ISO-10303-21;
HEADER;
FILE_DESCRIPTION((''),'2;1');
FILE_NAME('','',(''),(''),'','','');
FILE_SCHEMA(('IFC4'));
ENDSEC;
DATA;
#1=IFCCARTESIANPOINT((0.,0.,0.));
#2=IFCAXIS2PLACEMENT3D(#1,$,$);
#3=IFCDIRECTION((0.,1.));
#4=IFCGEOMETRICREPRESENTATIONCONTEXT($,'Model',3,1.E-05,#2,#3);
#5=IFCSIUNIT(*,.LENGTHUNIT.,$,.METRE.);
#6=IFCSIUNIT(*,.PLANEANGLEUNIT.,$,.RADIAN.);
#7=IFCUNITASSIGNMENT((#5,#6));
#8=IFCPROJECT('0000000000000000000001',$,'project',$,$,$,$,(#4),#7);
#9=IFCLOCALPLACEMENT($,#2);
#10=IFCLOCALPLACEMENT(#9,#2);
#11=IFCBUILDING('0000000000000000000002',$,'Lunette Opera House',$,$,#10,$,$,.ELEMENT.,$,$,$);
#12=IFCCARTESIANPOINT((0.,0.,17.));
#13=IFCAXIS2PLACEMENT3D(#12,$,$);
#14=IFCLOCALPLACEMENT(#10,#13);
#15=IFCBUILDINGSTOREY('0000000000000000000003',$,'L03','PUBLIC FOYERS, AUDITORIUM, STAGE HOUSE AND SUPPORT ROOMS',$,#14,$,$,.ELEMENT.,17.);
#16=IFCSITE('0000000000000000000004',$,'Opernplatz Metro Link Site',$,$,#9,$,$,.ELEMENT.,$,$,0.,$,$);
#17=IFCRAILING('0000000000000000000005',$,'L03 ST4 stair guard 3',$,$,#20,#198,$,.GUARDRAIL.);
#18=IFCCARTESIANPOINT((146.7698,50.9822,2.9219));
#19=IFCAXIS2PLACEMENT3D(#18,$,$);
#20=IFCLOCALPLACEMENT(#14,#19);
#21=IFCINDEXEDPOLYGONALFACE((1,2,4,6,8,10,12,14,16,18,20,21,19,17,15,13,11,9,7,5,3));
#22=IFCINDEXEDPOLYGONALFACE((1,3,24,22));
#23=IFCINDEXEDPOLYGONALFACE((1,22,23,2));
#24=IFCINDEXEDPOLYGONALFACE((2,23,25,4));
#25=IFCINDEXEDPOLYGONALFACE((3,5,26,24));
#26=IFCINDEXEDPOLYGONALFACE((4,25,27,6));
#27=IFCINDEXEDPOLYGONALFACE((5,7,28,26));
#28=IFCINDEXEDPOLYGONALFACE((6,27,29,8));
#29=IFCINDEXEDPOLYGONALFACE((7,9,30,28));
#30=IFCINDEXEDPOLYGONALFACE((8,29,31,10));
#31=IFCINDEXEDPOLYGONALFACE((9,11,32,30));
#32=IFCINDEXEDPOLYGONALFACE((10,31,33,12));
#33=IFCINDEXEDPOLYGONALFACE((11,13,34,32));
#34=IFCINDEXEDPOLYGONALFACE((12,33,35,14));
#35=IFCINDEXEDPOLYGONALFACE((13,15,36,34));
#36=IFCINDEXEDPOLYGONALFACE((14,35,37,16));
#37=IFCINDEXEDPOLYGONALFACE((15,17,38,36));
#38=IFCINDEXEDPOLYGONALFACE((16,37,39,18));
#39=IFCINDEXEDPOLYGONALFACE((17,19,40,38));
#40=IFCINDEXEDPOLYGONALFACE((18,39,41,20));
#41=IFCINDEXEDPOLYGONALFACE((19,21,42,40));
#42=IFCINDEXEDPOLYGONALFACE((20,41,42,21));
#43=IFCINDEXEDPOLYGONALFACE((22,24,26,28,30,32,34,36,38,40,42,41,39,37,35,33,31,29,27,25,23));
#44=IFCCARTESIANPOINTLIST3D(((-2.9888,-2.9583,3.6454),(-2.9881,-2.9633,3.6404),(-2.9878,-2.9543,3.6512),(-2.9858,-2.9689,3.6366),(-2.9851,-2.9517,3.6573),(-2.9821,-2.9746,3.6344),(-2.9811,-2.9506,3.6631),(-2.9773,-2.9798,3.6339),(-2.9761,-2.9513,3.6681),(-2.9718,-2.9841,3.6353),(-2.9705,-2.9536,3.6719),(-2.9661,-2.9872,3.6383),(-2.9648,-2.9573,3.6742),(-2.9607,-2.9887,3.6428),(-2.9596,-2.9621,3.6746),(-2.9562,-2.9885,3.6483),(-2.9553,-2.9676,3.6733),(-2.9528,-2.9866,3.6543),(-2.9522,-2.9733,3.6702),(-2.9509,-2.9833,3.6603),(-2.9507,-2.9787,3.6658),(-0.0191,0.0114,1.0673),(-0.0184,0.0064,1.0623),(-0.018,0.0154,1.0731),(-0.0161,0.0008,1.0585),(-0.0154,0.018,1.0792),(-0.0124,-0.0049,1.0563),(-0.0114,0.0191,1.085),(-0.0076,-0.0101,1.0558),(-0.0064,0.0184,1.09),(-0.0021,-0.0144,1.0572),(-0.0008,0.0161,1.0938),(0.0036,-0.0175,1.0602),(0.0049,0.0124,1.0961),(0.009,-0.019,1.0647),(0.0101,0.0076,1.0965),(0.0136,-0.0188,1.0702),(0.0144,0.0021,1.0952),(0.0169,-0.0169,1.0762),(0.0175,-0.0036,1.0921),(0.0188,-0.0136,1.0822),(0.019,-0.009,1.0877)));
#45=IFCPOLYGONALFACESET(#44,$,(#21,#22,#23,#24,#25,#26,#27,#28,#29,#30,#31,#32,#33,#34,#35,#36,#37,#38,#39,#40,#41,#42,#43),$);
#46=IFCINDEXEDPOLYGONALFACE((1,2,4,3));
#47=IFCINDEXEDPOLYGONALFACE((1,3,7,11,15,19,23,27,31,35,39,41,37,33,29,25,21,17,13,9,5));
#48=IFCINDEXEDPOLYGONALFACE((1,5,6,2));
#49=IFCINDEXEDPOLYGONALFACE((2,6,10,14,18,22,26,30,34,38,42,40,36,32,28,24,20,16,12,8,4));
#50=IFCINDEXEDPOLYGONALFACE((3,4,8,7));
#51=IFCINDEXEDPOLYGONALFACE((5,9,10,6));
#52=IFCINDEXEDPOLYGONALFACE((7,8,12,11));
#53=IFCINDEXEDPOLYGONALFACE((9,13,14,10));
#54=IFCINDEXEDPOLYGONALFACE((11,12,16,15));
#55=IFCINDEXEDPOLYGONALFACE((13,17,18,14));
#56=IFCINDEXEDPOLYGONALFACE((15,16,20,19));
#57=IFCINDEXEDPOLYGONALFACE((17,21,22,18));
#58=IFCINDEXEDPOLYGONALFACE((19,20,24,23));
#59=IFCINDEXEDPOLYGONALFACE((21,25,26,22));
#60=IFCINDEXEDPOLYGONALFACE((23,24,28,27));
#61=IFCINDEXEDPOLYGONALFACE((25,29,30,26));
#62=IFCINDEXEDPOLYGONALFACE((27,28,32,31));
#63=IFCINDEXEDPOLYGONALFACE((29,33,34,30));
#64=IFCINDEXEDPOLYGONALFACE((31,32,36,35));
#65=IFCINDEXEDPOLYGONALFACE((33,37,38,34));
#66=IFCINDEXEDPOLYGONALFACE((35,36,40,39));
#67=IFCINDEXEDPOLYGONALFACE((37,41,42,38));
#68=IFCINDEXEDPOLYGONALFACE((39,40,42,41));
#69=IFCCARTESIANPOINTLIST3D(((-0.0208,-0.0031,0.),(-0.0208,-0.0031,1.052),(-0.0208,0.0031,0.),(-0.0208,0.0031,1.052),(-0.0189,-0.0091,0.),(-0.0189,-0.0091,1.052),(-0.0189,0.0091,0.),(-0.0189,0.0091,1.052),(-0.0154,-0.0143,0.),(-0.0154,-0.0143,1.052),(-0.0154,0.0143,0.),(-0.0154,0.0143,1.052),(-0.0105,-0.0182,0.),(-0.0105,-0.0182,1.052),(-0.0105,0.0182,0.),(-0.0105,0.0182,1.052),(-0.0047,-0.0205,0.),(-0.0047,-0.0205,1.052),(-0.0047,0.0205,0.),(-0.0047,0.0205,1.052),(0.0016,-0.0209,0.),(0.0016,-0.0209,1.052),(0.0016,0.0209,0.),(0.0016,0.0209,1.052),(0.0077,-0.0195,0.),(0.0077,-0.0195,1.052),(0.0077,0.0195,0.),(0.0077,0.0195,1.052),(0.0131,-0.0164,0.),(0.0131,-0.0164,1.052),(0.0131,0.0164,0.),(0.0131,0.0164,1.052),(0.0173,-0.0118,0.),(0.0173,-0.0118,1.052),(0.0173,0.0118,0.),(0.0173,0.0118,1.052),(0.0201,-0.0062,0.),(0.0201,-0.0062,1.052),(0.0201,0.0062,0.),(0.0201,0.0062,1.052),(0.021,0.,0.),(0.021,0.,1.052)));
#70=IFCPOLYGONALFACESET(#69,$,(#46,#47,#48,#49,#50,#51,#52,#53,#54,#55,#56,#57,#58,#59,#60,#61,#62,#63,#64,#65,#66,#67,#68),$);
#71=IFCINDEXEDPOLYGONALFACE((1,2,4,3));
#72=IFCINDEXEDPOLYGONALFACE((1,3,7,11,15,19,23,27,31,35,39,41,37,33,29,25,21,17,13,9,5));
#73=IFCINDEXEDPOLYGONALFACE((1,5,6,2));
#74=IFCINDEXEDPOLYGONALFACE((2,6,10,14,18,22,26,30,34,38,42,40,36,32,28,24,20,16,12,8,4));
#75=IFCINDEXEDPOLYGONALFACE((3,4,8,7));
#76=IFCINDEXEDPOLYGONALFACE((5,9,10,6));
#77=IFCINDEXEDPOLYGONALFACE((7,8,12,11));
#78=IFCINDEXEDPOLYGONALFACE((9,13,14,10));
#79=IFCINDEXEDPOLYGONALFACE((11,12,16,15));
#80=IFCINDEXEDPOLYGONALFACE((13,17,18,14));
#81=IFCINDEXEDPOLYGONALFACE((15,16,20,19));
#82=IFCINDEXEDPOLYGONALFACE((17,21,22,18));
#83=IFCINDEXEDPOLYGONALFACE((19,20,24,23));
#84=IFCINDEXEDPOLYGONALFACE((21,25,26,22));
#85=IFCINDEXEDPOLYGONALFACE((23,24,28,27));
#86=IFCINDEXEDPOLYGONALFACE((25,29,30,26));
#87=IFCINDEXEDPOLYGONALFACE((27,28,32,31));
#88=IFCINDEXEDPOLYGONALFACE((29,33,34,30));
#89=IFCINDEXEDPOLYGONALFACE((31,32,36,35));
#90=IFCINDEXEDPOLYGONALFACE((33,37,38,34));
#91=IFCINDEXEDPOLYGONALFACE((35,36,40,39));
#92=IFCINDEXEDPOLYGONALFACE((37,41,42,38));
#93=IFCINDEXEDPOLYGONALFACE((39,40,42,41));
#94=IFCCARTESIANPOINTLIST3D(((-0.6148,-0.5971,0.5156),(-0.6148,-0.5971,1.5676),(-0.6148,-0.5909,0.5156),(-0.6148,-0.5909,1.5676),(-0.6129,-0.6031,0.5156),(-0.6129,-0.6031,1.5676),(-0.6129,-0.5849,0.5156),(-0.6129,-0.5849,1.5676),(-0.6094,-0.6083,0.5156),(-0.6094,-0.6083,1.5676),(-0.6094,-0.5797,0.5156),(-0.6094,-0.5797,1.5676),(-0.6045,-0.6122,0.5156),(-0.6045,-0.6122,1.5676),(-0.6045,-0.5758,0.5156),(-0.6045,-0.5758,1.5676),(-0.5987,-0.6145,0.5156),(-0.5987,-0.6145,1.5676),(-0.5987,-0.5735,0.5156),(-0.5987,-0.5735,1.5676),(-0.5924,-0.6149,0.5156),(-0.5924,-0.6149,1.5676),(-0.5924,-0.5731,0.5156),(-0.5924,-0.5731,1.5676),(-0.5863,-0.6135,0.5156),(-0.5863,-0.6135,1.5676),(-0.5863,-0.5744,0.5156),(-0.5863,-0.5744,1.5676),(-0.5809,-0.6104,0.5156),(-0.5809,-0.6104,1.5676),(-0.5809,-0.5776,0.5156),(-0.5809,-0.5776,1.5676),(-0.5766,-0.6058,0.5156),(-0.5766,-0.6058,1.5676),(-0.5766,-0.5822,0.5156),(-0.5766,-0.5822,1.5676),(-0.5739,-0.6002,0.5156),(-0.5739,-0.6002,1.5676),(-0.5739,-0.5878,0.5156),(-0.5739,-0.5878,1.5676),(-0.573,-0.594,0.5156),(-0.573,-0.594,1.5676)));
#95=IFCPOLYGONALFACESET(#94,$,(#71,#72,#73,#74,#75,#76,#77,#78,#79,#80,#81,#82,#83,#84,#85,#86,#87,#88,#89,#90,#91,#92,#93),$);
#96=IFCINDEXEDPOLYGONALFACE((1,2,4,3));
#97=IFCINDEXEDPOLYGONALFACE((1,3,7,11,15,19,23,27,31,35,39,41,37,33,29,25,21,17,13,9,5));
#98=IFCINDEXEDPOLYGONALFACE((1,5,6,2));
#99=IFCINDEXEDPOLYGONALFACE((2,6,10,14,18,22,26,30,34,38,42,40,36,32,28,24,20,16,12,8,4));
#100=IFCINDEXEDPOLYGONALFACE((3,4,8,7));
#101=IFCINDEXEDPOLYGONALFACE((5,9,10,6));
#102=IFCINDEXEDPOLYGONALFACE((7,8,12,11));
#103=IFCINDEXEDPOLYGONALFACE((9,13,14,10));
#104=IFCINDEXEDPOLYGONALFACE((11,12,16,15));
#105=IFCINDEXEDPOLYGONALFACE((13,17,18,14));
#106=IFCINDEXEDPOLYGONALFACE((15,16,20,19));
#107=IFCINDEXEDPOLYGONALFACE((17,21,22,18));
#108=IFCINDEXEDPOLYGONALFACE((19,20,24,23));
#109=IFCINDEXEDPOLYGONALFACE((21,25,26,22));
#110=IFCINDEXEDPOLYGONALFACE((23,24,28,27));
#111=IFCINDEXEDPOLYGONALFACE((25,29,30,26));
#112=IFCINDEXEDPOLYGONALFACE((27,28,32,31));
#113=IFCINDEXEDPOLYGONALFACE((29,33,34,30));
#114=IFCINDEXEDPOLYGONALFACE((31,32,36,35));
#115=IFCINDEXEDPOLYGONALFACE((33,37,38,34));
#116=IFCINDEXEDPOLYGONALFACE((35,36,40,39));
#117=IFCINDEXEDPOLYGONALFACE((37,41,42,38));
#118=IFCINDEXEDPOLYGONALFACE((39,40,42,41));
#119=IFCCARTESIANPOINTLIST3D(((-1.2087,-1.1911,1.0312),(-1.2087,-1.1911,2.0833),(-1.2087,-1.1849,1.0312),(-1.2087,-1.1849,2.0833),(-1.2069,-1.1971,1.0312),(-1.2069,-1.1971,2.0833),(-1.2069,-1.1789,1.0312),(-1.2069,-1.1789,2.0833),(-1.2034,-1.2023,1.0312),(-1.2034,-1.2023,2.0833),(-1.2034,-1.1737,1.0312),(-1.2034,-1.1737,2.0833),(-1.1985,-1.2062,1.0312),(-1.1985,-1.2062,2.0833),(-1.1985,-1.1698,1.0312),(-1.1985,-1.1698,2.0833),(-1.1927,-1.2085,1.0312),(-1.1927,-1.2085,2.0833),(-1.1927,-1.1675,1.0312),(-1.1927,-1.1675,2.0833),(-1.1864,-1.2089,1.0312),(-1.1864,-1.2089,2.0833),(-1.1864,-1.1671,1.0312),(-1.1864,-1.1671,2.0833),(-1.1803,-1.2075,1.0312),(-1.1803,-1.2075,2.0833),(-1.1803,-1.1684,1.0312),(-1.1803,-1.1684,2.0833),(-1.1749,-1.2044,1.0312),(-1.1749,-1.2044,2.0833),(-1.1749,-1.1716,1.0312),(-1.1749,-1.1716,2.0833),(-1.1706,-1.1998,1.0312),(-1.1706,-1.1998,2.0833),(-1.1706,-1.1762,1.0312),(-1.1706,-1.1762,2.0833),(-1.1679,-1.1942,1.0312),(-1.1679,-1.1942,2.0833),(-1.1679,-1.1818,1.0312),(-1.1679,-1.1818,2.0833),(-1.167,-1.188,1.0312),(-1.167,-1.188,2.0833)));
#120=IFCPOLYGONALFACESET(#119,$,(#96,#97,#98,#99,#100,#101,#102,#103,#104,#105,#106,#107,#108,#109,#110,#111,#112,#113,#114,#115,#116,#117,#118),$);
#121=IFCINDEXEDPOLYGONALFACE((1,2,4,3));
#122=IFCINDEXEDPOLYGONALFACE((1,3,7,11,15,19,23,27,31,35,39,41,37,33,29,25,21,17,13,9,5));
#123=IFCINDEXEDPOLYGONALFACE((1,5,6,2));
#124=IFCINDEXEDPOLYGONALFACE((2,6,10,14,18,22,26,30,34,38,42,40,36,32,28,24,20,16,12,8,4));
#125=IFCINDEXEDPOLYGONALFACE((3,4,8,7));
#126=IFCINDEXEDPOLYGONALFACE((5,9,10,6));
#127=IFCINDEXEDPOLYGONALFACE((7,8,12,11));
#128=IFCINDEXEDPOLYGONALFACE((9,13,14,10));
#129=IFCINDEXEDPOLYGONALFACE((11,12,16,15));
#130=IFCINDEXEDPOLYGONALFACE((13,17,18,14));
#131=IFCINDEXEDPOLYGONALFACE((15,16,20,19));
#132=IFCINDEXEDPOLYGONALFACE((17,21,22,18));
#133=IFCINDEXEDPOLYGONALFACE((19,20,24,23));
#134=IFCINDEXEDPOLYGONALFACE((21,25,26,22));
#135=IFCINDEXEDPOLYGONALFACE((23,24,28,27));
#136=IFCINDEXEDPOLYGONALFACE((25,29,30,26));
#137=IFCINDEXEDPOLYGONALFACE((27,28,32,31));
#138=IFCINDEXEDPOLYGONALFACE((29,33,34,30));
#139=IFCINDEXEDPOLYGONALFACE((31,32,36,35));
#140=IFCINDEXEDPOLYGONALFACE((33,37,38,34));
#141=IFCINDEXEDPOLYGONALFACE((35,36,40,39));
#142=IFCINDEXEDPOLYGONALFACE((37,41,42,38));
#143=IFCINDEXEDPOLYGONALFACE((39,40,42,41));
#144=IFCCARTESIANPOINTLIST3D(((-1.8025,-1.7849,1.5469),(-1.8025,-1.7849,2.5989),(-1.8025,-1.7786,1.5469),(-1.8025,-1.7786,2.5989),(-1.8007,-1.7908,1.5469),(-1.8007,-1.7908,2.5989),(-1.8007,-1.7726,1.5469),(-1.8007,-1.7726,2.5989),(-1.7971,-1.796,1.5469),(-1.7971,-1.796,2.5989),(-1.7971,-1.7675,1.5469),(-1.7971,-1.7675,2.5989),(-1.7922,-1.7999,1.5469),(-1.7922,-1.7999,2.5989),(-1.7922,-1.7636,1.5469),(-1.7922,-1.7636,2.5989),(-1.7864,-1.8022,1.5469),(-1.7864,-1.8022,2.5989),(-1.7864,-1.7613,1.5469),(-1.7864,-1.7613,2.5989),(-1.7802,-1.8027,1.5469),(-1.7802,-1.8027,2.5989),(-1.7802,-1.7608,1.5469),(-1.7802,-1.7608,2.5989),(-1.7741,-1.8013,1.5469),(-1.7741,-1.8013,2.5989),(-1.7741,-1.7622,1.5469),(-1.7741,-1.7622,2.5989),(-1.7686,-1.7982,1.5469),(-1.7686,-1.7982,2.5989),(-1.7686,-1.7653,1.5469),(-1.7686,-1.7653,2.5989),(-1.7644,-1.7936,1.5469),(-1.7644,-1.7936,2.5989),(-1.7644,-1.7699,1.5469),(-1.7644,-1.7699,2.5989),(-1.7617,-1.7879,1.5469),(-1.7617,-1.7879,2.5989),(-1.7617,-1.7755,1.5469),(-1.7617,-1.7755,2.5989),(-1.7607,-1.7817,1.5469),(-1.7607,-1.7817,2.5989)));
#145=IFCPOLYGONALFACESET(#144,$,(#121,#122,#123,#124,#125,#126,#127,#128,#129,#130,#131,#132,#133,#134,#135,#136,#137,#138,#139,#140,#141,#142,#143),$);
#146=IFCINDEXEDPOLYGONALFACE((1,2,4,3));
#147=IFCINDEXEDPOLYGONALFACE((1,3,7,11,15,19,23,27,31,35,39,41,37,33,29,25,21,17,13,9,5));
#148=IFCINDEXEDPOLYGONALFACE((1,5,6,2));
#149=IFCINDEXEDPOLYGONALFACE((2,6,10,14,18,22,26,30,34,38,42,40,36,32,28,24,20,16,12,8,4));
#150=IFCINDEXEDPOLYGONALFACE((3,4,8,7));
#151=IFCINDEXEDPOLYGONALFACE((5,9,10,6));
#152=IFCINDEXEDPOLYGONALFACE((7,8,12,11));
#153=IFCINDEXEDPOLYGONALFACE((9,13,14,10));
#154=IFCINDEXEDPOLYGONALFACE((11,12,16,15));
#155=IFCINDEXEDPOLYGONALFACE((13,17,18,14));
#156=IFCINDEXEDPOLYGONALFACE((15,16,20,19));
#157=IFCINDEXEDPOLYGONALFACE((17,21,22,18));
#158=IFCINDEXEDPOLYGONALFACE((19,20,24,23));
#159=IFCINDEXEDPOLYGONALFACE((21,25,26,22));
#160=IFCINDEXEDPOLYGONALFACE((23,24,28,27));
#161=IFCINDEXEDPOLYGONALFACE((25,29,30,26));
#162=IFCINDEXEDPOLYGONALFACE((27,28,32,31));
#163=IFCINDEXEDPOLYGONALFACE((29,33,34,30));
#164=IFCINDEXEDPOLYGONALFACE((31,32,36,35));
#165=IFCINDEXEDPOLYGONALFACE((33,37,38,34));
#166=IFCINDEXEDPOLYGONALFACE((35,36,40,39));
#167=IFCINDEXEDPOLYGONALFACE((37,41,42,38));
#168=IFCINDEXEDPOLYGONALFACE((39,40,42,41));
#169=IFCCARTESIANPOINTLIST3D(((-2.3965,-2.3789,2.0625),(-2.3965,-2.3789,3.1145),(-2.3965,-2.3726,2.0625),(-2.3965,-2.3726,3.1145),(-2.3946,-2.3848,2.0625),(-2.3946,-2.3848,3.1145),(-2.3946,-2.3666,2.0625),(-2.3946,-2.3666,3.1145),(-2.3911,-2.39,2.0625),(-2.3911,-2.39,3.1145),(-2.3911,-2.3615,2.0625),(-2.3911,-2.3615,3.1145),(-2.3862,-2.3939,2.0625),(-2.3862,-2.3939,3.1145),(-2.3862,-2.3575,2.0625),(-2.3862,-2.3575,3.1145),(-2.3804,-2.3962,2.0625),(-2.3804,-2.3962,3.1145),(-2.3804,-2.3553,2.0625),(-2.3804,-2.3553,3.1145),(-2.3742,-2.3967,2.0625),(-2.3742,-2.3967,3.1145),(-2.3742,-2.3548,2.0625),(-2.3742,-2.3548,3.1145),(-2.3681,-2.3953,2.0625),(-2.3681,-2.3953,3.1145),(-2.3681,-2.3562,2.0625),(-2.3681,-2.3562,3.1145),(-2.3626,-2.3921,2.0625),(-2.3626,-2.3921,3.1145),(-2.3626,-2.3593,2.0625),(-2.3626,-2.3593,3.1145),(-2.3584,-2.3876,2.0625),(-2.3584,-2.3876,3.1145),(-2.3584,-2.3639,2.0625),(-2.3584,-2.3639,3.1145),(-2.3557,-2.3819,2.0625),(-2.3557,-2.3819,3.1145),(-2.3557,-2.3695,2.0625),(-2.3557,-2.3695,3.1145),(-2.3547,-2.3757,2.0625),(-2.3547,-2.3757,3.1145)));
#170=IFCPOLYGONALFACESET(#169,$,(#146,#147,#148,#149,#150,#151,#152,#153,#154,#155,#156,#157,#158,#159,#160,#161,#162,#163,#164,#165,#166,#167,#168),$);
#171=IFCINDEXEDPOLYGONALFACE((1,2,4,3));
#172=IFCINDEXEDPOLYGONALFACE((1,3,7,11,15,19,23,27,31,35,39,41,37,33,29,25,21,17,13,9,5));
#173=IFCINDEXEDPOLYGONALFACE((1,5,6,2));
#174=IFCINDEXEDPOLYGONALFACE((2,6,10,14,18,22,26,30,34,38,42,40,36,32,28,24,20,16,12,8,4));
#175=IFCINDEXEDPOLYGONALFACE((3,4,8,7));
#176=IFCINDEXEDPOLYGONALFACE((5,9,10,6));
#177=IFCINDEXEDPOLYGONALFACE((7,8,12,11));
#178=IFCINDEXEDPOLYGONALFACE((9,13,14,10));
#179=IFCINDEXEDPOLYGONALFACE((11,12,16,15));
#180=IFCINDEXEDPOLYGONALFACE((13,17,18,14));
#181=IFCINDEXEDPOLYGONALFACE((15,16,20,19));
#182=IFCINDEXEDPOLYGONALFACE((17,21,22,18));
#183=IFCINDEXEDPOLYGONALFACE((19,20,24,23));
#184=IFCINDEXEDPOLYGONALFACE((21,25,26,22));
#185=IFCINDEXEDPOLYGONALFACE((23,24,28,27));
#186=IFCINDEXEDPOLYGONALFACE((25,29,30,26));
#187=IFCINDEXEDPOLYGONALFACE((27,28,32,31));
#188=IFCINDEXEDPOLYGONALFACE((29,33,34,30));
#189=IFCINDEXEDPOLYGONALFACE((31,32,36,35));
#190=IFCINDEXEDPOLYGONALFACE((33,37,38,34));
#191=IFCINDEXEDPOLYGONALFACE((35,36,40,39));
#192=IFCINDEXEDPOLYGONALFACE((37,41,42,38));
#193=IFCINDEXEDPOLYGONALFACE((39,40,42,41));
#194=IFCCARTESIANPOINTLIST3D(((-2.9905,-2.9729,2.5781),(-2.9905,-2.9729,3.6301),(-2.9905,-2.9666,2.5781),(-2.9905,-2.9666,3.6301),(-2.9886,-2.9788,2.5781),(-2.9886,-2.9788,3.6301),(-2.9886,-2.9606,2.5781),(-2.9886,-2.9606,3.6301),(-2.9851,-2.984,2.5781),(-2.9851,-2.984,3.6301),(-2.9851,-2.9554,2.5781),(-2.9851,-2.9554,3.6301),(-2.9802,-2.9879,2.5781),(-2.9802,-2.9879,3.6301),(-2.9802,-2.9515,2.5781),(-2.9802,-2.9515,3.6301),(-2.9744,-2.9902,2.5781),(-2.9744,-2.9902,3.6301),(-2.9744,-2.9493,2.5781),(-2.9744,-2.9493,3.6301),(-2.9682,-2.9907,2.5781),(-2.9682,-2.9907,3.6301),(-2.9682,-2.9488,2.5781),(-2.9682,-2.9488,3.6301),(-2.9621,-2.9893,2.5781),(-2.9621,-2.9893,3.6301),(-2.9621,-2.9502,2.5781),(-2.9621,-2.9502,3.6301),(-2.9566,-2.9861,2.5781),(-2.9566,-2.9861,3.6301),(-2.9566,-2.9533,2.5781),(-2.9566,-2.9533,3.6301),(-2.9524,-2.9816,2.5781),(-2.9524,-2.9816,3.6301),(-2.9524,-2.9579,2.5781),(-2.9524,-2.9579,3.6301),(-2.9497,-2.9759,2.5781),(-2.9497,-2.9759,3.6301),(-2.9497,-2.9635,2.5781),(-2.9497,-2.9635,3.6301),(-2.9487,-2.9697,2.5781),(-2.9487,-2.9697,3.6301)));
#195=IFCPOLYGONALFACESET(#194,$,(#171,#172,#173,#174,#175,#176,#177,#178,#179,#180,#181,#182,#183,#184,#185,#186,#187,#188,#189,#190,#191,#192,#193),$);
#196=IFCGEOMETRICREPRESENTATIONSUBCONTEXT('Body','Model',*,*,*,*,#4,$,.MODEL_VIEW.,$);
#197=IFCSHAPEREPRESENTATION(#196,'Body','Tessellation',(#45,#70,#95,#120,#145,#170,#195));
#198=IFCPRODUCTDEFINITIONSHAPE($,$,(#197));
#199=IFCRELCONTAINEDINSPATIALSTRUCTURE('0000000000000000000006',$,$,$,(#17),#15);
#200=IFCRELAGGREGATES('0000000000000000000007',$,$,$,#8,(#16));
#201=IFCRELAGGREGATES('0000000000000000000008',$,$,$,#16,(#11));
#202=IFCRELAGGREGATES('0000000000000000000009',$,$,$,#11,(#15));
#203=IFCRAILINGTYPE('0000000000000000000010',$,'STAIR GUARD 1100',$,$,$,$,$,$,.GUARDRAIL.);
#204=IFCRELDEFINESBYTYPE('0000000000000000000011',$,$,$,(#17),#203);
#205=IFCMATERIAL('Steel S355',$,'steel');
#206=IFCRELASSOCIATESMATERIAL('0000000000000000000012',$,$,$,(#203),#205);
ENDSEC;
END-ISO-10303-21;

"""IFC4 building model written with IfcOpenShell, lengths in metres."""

from ifc_helpers import new_model, si_unit, direction, frame, origin, origin_2d, place, context, subcontext, project, spatial, circle, extrude, material, type_object, element, save


model = new_model("IFC4")

# Units and contexts
model_context = context("Model", 3, precision=1e-05, world=origin(), true_north=direction((0.0, 1.0)))
body_context = subcontext(model_context, "Body", "Model", "MODEL_VIEW")
ifc_project = project(units=[si_unit("LENGTHUNIT", "METRE"), si_unit("PLANEANGLEUNIT", "RADIAN")], contexts=[model_context])

# Site, building, storey
site_placement = place(None, origin())
site = spatial("IfcSite", under=ifc_project, at=site_placement, Name="Opernplatz Metro Link Site", CompositionType="ELEMENT", RefElevation=0.0)
building_placement = place(site_placement, origin())
building = spatial("IfcBuilding", under=site, at=building_placement, Name="Lunette Opera House", CompositionType="ELEMENT")
storey_placement = place(building_placement, frame((0.0, 0.0, 17.0)))
storey = spatial("IfcBuildingStorey", under=building, at=storey_placement, Name="L03", Description="PUBLIC FOYERS, AUDITORIUM, STAGE HOUSE AND SUPPORT ROOMS", CompositionType="ELEMENT", Elevation=17.0)

# Railing
ifc_material_1 = material(Name="Steel S355", Category="steel")
railing_type_1 = type_object("IfcRailingType", Name="STAIR GUARD 1100", PredefinedType="GUARDRAIL", material=ifc_material_1)
railing_1_placement = place(storey_placement, frame((146.7698, 50.9822, 2.9219)))
element("IfcRailing", 1, at=railing_1_placement, inside=storey, type_object=railing_type_1, Name="L03 ST4 stair guard 3", PredefinedType="GUARDRAIL", context=body_context, shape_type="SweptSolid", body=[
    extrude(circle(Radius=0.0239, at=origin_2d()), frame((0.0, 0.0, 1.0762), z_axis=(-0.602622, -0.602622, 0.523157), x_axis=(0.707107, -0.707107, 0.0)), (0.0, 0.0, 1.0), 4.928),
    extrude(circle(Radius=0.021, at=origin_2d()), origin(), (0.0, 0.0, 1.0), 1.052),
    extrude(circle(Radius=0.021, at=origin_2d()), frame((-0.594, -0.594, 0.5156)), (0.0, 0.0, 1.0), 1.052),
    extrude(circle(Radius=0.021, at=origin_2d()), frame((-1.188, -1.188, 1.0312)), (0.0, 0.0, 1.0), 1.052),
    extrude(circle(Radius=0.021, at=origin_2d()), frame((-1.7817, -1.7817, 1.5469)), (0.0, 0.0, 1.0), 1.052),
    extrude(circle(Radius=0.021, at=origin_2d()), frame((-2.3757, -2.3757, 2.0625)), (0.0, 0.0, 1.0), 1.052),
    extrude(circle(Radius=0.021, at=origin_2d()), frame((-2.9697, -2.9697, 2.5781)), (0.0, 0.0, 1.0), 1.052),
])

save(model, "model.ifc")
